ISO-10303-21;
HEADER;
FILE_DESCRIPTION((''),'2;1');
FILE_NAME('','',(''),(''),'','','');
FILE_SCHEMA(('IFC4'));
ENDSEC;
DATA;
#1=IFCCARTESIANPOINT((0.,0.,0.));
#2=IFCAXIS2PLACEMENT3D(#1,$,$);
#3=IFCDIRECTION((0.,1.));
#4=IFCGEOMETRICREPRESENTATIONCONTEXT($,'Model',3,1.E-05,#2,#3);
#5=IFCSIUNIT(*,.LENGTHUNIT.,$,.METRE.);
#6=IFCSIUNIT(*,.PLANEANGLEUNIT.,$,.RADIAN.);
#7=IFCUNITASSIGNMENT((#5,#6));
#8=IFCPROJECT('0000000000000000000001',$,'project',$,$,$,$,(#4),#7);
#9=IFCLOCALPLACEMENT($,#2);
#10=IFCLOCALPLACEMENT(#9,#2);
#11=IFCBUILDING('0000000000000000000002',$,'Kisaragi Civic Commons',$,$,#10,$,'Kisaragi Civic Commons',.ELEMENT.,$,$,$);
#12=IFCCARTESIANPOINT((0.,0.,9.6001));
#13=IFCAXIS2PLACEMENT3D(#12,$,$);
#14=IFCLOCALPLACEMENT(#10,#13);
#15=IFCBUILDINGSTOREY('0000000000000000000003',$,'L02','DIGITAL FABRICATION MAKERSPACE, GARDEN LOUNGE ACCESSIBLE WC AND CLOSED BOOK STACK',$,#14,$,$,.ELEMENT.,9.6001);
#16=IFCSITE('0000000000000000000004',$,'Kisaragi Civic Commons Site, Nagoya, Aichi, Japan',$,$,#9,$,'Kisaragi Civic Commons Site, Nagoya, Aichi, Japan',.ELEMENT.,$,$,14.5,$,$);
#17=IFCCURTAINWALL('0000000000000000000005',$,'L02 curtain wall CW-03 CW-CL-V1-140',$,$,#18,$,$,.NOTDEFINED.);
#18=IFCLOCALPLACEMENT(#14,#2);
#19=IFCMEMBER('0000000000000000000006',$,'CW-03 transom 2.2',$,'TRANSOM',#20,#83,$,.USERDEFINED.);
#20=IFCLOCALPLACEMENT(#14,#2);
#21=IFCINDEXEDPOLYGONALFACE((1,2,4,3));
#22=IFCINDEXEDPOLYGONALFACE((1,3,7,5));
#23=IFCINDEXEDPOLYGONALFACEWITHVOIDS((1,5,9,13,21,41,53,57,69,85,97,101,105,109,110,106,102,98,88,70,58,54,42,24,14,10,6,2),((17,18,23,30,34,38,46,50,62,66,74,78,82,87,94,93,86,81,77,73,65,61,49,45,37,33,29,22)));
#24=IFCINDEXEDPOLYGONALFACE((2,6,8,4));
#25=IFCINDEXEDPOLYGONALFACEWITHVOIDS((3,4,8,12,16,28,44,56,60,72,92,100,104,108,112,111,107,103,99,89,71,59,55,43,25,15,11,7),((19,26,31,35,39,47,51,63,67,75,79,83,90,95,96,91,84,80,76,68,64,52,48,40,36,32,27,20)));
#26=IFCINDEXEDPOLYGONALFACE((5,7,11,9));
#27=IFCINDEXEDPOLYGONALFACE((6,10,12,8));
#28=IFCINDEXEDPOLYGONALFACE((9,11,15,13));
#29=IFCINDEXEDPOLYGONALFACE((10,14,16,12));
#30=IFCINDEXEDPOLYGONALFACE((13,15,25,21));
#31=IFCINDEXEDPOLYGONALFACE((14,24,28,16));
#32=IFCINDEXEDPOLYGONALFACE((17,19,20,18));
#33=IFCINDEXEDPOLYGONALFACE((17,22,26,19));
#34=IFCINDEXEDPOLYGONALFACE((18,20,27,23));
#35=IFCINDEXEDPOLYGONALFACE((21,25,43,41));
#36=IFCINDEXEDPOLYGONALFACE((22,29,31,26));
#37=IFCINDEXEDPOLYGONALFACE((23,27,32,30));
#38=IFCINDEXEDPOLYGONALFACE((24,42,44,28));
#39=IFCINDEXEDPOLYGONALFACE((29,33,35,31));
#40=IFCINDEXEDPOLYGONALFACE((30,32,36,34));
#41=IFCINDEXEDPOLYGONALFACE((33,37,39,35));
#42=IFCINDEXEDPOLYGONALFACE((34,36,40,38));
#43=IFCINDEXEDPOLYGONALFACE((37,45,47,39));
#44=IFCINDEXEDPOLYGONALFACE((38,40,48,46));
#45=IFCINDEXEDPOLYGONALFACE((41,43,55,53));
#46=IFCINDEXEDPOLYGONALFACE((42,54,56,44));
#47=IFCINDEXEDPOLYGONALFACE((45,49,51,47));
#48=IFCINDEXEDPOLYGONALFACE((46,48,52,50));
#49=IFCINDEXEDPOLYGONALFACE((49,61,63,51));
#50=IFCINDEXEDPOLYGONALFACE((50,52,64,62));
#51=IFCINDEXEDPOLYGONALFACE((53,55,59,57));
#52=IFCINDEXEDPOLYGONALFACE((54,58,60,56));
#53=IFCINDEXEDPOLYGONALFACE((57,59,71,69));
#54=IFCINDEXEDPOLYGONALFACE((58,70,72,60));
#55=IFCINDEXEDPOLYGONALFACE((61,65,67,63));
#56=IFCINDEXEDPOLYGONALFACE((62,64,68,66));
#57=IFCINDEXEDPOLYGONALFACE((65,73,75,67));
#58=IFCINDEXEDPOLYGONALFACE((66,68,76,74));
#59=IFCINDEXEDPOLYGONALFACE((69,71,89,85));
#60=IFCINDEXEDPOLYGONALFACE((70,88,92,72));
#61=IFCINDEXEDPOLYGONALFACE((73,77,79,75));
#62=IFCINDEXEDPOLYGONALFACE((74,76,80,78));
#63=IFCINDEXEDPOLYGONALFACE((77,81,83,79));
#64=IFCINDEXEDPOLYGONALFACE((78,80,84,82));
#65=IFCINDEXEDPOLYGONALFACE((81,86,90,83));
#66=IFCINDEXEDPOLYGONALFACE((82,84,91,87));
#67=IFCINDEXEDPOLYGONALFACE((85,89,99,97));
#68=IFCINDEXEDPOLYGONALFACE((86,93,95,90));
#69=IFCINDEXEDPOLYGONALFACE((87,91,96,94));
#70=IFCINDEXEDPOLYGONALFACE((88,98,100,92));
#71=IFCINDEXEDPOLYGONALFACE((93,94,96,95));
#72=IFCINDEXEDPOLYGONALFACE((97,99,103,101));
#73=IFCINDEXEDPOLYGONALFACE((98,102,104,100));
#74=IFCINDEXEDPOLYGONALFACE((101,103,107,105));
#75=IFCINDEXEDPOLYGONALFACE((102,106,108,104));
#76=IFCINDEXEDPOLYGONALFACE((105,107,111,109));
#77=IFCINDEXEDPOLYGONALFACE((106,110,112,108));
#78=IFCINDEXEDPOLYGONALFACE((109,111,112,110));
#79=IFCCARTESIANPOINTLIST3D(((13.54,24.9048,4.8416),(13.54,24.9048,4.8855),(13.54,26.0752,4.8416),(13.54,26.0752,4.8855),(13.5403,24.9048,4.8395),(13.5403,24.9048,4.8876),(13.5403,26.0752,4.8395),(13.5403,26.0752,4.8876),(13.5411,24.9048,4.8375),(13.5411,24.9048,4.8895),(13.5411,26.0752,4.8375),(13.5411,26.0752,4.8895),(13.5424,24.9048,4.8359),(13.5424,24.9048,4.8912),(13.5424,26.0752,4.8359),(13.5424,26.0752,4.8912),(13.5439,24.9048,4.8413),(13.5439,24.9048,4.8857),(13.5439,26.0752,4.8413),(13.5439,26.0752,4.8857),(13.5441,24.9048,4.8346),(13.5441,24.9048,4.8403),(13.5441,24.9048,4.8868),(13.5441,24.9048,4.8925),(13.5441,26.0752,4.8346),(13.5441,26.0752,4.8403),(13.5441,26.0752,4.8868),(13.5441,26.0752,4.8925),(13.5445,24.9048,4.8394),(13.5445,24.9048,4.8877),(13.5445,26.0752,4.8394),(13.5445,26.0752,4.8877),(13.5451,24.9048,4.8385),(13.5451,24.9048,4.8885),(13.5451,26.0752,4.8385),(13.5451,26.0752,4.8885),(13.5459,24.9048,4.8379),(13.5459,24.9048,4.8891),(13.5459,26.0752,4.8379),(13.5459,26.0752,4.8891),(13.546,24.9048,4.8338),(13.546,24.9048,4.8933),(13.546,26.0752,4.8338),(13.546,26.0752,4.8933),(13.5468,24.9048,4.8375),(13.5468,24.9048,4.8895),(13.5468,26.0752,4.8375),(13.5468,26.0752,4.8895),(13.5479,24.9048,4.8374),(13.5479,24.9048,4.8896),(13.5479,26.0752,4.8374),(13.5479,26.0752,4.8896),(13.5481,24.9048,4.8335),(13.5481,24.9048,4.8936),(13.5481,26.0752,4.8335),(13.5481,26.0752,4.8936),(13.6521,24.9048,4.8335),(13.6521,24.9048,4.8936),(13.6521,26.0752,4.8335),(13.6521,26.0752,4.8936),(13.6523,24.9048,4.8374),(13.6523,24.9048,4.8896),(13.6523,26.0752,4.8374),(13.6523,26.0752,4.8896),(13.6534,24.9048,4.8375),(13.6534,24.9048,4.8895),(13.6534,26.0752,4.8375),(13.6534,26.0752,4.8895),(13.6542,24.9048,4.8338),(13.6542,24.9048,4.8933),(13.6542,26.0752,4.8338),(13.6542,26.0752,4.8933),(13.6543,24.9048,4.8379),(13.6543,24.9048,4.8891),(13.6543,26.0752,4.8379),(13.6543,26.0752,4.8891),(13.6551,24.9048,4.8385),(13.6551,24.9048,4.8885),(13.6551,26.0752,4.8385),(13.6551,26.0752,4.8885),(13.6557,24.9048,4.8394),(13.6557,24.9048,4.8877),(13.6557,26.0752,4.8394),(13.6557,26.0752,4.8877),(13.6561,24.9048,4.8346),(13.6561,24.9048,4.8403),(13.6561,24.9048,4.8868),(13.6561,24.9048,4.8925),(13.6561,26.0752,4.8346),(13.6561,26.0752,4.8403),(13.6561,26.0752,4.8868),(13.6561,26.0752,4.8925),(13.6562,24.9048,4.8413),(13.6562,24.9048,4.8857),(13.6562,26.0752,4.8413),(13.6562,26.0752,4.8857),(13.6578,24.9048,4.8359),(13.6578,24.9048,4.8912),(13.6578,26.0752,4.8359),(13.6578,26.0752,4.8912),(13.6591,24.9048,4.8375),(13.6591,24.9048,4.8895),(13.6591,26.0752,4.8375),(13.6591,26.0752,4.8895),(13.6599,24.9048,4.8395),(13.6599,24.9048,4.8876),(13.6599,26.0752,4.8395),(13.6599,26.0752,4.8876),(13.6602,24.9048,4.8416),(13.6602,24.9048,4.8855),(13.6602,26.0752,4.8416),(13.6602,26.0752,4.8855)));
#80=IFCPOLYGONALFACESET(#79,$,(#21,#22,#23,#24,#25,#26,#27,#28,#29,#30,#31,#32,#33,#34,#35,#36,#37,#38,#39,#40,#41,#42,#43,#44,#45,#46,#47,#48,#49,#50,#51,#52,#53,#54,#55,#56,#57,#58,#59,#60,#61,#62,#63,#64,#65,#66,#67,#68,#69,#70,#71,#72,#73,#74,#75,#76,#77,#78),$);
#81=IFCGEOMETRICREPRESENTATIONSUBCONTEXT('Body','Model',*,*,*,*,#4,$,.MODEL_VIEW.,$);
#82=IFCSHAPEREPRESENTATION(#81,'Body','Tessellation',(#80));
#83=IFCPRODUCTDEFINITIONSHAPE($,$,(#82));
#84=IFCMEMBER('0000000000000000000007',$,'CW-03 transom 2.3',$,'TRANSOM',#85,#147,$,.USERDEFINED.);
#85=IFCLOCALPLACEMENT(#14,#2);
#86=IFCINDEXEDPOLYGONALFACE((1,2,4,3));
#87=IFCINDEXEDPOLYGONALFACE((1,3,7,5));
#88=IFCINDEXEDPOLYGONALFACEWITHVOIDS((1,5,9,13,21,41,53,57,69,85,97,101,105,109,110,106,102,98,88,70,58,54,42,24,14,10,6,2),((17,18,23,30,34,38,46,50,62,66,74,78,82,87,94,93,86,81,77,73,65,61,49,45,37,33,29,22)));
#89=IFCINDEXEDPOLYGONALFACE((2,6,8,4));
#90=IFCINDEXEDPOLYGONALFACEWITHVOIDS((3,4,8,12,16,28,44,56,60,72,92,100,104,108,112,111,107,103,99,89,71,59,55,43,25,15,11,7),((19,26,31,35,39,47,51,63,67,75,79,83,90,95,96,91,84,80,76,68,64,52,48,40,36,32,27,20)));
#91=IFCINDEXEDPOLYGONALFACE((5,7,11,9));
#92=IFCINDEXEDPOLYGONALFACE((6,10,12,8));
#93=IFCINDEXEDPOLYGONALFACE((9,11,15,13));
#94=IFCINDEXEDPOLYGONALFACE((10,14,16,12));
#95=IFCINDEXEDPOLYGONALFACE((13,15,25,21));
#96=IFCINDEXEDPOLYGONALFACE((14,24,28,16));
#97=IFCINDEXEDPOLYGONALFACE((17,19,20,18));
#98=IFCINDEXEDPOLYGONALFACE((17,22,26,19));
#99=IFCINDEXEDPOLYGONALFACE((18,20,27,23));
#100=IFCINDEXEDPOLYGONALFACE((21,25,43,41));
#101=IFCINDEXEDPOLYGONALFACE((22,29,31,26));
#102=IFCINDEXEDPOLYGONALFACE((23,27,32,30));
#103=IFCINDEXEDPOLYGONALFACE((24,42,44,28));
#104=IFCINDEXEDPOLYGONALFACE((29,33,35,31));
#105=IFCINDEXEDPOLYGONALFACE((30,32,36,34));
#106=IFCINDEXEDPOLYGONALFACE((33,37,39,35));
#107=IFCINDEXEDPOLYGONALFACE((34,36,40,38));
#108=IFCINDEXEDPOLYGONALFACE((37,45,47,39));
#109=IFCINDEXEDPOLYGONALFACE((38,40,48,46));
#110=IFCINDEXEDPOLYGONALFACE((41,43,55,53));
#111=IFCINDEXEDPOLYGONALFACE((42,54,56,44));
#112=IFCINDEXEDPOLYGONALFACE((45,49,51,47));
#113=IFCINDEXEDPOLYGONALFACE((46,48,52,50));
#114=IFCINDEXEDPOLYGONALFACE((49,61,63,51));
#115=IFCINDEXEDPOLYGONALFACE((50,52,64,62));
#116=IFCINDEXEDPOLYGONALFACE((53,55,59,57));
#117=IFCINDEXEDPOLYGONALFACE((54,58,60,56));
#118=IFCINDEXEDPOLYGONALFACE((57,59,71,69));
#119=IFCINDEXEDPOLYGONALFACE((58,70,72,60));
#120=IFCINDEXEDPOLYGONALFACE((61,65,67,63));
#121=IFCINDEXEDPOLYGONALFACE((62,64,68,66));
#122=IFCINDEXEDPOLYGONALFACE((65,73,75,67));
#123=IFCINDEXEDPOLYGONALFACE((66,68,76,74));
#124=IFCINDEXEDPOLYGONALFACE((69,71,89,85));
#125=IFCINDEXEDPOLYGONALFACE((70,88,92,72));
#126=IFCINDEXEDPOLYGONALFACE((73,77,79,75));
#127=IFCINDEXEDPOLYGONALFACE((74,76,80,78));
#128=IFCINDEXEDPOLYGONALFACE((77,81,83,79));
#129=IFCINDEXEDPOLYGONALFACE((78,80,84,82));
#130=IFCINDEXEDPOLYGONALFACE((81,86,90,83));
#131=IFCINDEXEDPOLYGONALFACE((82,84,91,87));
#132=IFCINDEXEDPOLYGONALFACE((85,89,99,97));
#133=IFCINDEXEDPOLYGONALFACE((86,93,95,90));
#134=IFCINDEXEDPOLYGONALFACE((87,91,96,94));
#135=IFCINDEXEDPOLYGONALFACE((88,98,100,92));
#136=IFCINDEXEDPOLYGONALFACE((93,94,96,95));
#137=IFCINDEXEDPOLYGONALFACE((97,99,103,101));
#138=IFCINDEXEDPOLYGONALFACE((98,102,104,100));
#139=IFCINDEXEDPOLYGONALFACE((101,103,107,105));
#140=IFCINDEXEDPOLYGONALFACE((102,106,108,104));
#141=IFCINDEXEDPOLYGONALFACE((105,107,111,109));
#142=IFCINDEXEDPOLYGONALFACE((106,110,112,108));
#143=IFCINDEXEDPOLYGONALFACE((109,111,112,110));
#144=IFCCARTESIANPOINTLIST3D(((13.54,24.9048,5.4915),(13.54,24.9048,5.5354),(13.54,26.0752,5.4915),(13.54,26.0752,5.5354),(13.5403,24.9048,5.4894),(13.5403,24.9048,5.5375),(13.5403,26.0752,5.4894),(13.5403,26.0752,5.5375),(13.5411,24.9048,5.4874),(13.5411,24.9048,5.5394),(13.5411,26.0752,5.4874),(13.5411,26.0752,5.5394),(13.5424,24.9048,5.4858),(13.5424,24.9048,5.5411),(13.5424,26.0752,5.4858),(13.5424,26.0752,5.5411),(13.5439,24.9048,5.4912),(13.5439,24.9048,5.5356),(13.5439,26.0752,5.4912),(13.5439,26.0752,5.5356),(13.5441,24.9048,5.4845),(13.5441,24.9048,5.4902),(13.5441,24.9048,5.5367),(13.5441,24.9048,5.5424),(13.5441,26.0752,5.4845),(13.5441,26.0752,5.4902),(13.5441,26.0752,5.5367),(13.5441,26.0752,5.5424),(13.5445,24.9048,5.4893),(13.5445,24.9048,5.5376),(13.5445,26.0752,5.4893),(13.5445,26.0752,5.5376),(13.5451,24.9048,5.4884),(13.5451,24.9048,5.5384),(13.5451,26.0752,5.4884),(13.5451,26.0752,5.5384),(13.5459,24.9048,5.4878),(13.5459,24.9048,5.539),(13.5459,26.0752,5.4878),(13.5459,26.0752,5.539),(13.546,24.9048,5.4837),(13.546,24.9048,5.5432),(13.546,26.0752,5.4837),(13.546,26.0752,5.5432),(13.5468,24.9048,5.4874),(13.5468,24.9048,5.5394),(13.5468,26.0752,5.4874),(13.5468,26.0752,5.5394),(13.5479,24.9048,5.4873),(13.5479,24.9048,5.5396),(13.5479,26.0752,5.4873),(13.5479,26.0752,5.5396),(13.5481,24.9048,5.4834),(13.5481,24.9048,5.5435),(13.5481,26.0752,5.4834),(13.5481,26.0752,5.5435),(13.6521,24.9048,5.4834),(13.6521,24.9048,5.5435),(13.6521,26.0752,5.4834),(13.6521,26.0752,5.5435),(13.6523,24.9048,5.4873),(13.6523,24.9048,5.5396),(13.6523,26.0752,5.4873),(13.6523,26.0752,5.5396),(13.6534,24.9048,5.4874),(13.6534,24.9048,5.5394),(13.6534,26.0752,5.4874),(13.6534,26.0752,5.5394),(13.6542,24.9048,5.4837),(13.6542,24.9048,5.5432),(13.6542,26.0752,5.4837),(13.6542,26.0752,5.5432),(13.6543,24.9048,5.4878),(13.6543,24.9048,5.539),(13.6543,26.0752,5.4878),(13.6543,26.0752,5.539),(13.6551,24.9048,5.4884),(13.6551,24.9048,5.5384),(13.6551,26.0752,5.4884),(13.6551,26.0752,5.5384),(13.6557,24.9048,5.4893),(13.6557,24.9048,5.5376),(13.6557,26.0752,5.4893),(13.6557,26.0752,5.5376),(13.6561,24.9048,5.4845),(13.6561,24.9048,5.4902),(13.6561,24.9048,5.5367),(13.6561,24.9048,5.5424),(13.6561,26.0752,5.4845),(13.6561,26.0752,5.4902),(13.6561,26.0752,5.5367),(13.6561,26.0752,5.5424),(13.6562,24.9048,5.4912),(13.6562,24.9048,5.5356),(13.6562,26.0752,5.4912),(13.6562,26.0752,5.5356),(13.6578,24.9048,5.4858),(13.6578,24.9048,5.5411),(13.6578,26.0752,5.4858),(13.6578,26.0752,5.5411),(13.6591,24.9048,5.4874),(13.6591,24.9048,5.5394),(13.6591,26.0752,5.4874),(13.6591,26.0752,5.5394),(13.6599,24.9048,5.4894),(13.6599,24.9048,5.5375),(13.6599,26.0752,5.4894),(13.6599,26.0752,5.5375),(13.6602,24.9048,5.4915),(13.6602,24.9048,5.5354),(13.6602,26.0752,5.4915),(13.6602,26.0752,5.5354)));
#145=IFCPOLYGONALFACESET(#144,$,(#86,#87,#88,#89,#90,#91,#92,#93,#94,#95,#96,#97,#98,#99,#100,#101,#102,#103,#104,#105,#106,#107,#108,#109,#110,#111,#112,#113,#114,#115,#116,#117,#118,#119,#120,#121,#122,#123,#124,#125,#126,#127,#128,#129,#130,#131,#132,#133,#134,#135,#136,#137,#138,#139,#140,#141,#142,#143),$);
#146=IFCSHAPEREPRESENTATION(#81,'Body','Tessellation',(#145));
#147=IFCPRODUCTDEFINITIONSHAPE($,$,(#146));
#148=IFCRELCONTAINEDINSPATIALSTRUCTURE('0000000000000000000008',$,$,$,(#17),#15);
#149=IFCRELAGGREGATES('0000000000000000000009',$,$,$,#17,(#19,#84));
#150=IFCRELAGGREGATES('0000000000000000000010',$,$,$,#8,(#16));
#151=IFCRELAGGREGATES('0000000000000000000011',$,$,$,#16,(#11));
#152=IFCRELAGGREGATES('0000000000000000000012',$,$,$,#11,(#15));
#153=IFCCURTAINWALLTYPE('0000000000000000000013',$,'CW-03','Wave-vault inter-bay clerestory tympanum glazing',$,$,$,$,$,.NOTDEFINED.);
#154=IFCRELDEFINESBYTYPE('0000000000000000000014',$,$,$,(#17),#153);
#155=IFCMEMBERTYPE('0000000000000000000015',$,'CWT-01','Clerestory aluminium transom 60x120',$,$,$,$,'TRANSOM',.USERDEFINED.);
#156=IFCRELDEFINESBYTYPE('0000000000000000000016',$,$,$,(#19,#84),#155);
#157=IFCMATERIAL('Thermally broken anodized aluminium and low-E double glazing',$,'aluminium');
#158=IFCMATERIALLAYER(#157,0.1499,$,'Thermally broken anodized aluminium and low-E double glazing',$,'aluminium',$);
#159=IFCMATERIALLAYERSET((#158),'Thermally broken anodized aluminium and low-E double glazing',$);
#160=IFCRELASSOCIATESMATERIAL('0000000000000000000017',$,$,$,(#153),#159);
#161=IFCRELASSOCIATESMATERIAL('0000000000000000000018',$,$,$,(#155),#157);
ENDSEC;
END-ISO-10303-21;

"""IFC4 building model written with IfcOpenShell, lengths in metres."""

from ifc_helpers import new_model, si_unit, direction, frame, origin, origin_2d, place, context, subcontext, project, spatial, hollow_rectangle, extrude, material, layer, layer_set, material_profile, profile_set, type_object, element, aggregate, save


model = new_model("IFC4")

# Units and contexts
model_context = context("Model", 3, precision=1e-05, world=origin(), true_north=direction((0.0, 1.0)))
body_context = subcontext(model_context, "Body", "Model", "MODEL_VIEW")
ifc_project = project(units=[si_unit("LENGTHUNIT", "METRE"), si_unit("PLANEANGLEUNIT", "RADIAN")], contexts=[model_context])

# Site, building, storey
site_placement = place(None, origin())
site = spatial("IfcSite", under=ifc_project, at=site_placement, Name="Kisaragi Civic Commons Site, Nagoya, Aichi, Japan", LongName="Kisaragi Civic Commons Site, Nagoya, Aichi, Japan", CompositionType="ELEMENT", RefElevation=14.5)
building_placement = place(site_placement, origin())
building = spatial("IfcBuilding", under=site, at=building_placement, Name="Kisaragi Civic Commons", LongName="Kisaragi Civic Commons", CompositionType="ELEMENT")
storey_placement = place(building_placement, frame((0.0, 0.0, 9.6001)))
storey = spatial("IfcBuildingStorey", under=building, at=storey_placement, Name="L02", Description="DIGITAL FABRICATION MAKERSPACE, GARDEN LOUNGE ACCESSIBLE WC AND CLOSED BOOK STACK", CompositionType="ELEMENT", Elevation=9.6001)

# Curtain wall, members
ifc_material_1 = material(Name="Thermally broken anodized aluminium and low-E double glazing", Category="aluminium")
ifc_layer_1 = layer(ifc_material_1, 0.1499, Name="Thermally broken anodized aluminium and low-E double glazing", Category="aluminium")
ifc_layer_set_1 = layer_set([ifc_layer_1], Name="Thermally broken anodized aluminium and low-E double glazing")
curtain_wall_type = type_object("IfcCurtainWallType", Name="CW-03", Description="Wave-vault inter-bay clerestory tympanum glazing", PredefinedType="NOTDEFINED", material=ifc_layer_set_1)
curtain_wall_placement = place(storey_placement, origin())
curtain_wall = element("IfcCurtainWall", 1, at=curtain_wall_placement, inside=storey, type_object=curtain_wall_type, Name="L02 curtain wall CW-03 CW-CL-V1-140", PredefinedType="NOTDEFINED")
ifc_material_profile_1 = material_profile(ifc_material_1, hollow_rectangle(XDim=0.1201, YDim=0.0601, WallThickness=0.0039, InnerFilletRadius=0.0039, OuterFilletRadius=0.0081, at=origin_2d()), Name="CWT-60x120x4", Category="aluminium")
ifc_profile_set_1 = profile_set([ifc_material_profile_1], Name="Thermally broken anodized aluminium and low-E double glazing")
member_type_1 = type_object("IfcMemberType", Name="CWT-01", Description="Clerestory aluminium transom 60x120", ElementType="TRANSOM", PredefinedType="USERDEFINED", material=ifc_profile_set_1)
member_1_placement = place(storey_placement, frame((13.6001, 24.9048, 4.8635), z_axis=(0.0, 1.0, 0.0), x_axis=(-1.0, 0.0, 0.0)))
member_1 = element("IfcMember", 2, at=member_1_placement, type_object=member_type_1, Name="CW-03 transom 2.2", ObjectType="TRANSOM", PredefinedType="USERDEFINED", context=body_context, shape_type="SweptSolid", body=[
    extrude(hollow_rectangle(XDim=0.1201, YDim=0.0601, WallThickness=0.0039, InnerFilletRadius=0.0039, OuterFilletRadius=0.0081, at=origin_2d()), origin(), (0.0, 0.0, 1.0), 1.1704),
])
member_2_placement = place(storey_placement, frame((13.6001, 24.9048, 5.5134), z_axis=(0.0, 1.0, 0.0), x_axis=(-1.0, 0.0, 0.0)))
member_2 = element("IfcMember", 3, at=member_2_placement, type_object=member_type_1, Name="CW-03 transom 2.3", ObjectType="TRANSOM", PredefinedType="USERDEFINED", context=body_context, shape_type="SweptSolid", body=[
    extrude(hollow_rectangle(XDim=0.1201, YDim=0.0601, WallThickness=0.0039, InnerFilletRadius=0.0039, OuterFilletRadius=0.0081, at=origin_2d()), origin(), (0.0, 0.0, 1.0), 1.1704),
])

aggregate(curtain_wall, [member_1, member_2])

save(model, "model.ifc")
